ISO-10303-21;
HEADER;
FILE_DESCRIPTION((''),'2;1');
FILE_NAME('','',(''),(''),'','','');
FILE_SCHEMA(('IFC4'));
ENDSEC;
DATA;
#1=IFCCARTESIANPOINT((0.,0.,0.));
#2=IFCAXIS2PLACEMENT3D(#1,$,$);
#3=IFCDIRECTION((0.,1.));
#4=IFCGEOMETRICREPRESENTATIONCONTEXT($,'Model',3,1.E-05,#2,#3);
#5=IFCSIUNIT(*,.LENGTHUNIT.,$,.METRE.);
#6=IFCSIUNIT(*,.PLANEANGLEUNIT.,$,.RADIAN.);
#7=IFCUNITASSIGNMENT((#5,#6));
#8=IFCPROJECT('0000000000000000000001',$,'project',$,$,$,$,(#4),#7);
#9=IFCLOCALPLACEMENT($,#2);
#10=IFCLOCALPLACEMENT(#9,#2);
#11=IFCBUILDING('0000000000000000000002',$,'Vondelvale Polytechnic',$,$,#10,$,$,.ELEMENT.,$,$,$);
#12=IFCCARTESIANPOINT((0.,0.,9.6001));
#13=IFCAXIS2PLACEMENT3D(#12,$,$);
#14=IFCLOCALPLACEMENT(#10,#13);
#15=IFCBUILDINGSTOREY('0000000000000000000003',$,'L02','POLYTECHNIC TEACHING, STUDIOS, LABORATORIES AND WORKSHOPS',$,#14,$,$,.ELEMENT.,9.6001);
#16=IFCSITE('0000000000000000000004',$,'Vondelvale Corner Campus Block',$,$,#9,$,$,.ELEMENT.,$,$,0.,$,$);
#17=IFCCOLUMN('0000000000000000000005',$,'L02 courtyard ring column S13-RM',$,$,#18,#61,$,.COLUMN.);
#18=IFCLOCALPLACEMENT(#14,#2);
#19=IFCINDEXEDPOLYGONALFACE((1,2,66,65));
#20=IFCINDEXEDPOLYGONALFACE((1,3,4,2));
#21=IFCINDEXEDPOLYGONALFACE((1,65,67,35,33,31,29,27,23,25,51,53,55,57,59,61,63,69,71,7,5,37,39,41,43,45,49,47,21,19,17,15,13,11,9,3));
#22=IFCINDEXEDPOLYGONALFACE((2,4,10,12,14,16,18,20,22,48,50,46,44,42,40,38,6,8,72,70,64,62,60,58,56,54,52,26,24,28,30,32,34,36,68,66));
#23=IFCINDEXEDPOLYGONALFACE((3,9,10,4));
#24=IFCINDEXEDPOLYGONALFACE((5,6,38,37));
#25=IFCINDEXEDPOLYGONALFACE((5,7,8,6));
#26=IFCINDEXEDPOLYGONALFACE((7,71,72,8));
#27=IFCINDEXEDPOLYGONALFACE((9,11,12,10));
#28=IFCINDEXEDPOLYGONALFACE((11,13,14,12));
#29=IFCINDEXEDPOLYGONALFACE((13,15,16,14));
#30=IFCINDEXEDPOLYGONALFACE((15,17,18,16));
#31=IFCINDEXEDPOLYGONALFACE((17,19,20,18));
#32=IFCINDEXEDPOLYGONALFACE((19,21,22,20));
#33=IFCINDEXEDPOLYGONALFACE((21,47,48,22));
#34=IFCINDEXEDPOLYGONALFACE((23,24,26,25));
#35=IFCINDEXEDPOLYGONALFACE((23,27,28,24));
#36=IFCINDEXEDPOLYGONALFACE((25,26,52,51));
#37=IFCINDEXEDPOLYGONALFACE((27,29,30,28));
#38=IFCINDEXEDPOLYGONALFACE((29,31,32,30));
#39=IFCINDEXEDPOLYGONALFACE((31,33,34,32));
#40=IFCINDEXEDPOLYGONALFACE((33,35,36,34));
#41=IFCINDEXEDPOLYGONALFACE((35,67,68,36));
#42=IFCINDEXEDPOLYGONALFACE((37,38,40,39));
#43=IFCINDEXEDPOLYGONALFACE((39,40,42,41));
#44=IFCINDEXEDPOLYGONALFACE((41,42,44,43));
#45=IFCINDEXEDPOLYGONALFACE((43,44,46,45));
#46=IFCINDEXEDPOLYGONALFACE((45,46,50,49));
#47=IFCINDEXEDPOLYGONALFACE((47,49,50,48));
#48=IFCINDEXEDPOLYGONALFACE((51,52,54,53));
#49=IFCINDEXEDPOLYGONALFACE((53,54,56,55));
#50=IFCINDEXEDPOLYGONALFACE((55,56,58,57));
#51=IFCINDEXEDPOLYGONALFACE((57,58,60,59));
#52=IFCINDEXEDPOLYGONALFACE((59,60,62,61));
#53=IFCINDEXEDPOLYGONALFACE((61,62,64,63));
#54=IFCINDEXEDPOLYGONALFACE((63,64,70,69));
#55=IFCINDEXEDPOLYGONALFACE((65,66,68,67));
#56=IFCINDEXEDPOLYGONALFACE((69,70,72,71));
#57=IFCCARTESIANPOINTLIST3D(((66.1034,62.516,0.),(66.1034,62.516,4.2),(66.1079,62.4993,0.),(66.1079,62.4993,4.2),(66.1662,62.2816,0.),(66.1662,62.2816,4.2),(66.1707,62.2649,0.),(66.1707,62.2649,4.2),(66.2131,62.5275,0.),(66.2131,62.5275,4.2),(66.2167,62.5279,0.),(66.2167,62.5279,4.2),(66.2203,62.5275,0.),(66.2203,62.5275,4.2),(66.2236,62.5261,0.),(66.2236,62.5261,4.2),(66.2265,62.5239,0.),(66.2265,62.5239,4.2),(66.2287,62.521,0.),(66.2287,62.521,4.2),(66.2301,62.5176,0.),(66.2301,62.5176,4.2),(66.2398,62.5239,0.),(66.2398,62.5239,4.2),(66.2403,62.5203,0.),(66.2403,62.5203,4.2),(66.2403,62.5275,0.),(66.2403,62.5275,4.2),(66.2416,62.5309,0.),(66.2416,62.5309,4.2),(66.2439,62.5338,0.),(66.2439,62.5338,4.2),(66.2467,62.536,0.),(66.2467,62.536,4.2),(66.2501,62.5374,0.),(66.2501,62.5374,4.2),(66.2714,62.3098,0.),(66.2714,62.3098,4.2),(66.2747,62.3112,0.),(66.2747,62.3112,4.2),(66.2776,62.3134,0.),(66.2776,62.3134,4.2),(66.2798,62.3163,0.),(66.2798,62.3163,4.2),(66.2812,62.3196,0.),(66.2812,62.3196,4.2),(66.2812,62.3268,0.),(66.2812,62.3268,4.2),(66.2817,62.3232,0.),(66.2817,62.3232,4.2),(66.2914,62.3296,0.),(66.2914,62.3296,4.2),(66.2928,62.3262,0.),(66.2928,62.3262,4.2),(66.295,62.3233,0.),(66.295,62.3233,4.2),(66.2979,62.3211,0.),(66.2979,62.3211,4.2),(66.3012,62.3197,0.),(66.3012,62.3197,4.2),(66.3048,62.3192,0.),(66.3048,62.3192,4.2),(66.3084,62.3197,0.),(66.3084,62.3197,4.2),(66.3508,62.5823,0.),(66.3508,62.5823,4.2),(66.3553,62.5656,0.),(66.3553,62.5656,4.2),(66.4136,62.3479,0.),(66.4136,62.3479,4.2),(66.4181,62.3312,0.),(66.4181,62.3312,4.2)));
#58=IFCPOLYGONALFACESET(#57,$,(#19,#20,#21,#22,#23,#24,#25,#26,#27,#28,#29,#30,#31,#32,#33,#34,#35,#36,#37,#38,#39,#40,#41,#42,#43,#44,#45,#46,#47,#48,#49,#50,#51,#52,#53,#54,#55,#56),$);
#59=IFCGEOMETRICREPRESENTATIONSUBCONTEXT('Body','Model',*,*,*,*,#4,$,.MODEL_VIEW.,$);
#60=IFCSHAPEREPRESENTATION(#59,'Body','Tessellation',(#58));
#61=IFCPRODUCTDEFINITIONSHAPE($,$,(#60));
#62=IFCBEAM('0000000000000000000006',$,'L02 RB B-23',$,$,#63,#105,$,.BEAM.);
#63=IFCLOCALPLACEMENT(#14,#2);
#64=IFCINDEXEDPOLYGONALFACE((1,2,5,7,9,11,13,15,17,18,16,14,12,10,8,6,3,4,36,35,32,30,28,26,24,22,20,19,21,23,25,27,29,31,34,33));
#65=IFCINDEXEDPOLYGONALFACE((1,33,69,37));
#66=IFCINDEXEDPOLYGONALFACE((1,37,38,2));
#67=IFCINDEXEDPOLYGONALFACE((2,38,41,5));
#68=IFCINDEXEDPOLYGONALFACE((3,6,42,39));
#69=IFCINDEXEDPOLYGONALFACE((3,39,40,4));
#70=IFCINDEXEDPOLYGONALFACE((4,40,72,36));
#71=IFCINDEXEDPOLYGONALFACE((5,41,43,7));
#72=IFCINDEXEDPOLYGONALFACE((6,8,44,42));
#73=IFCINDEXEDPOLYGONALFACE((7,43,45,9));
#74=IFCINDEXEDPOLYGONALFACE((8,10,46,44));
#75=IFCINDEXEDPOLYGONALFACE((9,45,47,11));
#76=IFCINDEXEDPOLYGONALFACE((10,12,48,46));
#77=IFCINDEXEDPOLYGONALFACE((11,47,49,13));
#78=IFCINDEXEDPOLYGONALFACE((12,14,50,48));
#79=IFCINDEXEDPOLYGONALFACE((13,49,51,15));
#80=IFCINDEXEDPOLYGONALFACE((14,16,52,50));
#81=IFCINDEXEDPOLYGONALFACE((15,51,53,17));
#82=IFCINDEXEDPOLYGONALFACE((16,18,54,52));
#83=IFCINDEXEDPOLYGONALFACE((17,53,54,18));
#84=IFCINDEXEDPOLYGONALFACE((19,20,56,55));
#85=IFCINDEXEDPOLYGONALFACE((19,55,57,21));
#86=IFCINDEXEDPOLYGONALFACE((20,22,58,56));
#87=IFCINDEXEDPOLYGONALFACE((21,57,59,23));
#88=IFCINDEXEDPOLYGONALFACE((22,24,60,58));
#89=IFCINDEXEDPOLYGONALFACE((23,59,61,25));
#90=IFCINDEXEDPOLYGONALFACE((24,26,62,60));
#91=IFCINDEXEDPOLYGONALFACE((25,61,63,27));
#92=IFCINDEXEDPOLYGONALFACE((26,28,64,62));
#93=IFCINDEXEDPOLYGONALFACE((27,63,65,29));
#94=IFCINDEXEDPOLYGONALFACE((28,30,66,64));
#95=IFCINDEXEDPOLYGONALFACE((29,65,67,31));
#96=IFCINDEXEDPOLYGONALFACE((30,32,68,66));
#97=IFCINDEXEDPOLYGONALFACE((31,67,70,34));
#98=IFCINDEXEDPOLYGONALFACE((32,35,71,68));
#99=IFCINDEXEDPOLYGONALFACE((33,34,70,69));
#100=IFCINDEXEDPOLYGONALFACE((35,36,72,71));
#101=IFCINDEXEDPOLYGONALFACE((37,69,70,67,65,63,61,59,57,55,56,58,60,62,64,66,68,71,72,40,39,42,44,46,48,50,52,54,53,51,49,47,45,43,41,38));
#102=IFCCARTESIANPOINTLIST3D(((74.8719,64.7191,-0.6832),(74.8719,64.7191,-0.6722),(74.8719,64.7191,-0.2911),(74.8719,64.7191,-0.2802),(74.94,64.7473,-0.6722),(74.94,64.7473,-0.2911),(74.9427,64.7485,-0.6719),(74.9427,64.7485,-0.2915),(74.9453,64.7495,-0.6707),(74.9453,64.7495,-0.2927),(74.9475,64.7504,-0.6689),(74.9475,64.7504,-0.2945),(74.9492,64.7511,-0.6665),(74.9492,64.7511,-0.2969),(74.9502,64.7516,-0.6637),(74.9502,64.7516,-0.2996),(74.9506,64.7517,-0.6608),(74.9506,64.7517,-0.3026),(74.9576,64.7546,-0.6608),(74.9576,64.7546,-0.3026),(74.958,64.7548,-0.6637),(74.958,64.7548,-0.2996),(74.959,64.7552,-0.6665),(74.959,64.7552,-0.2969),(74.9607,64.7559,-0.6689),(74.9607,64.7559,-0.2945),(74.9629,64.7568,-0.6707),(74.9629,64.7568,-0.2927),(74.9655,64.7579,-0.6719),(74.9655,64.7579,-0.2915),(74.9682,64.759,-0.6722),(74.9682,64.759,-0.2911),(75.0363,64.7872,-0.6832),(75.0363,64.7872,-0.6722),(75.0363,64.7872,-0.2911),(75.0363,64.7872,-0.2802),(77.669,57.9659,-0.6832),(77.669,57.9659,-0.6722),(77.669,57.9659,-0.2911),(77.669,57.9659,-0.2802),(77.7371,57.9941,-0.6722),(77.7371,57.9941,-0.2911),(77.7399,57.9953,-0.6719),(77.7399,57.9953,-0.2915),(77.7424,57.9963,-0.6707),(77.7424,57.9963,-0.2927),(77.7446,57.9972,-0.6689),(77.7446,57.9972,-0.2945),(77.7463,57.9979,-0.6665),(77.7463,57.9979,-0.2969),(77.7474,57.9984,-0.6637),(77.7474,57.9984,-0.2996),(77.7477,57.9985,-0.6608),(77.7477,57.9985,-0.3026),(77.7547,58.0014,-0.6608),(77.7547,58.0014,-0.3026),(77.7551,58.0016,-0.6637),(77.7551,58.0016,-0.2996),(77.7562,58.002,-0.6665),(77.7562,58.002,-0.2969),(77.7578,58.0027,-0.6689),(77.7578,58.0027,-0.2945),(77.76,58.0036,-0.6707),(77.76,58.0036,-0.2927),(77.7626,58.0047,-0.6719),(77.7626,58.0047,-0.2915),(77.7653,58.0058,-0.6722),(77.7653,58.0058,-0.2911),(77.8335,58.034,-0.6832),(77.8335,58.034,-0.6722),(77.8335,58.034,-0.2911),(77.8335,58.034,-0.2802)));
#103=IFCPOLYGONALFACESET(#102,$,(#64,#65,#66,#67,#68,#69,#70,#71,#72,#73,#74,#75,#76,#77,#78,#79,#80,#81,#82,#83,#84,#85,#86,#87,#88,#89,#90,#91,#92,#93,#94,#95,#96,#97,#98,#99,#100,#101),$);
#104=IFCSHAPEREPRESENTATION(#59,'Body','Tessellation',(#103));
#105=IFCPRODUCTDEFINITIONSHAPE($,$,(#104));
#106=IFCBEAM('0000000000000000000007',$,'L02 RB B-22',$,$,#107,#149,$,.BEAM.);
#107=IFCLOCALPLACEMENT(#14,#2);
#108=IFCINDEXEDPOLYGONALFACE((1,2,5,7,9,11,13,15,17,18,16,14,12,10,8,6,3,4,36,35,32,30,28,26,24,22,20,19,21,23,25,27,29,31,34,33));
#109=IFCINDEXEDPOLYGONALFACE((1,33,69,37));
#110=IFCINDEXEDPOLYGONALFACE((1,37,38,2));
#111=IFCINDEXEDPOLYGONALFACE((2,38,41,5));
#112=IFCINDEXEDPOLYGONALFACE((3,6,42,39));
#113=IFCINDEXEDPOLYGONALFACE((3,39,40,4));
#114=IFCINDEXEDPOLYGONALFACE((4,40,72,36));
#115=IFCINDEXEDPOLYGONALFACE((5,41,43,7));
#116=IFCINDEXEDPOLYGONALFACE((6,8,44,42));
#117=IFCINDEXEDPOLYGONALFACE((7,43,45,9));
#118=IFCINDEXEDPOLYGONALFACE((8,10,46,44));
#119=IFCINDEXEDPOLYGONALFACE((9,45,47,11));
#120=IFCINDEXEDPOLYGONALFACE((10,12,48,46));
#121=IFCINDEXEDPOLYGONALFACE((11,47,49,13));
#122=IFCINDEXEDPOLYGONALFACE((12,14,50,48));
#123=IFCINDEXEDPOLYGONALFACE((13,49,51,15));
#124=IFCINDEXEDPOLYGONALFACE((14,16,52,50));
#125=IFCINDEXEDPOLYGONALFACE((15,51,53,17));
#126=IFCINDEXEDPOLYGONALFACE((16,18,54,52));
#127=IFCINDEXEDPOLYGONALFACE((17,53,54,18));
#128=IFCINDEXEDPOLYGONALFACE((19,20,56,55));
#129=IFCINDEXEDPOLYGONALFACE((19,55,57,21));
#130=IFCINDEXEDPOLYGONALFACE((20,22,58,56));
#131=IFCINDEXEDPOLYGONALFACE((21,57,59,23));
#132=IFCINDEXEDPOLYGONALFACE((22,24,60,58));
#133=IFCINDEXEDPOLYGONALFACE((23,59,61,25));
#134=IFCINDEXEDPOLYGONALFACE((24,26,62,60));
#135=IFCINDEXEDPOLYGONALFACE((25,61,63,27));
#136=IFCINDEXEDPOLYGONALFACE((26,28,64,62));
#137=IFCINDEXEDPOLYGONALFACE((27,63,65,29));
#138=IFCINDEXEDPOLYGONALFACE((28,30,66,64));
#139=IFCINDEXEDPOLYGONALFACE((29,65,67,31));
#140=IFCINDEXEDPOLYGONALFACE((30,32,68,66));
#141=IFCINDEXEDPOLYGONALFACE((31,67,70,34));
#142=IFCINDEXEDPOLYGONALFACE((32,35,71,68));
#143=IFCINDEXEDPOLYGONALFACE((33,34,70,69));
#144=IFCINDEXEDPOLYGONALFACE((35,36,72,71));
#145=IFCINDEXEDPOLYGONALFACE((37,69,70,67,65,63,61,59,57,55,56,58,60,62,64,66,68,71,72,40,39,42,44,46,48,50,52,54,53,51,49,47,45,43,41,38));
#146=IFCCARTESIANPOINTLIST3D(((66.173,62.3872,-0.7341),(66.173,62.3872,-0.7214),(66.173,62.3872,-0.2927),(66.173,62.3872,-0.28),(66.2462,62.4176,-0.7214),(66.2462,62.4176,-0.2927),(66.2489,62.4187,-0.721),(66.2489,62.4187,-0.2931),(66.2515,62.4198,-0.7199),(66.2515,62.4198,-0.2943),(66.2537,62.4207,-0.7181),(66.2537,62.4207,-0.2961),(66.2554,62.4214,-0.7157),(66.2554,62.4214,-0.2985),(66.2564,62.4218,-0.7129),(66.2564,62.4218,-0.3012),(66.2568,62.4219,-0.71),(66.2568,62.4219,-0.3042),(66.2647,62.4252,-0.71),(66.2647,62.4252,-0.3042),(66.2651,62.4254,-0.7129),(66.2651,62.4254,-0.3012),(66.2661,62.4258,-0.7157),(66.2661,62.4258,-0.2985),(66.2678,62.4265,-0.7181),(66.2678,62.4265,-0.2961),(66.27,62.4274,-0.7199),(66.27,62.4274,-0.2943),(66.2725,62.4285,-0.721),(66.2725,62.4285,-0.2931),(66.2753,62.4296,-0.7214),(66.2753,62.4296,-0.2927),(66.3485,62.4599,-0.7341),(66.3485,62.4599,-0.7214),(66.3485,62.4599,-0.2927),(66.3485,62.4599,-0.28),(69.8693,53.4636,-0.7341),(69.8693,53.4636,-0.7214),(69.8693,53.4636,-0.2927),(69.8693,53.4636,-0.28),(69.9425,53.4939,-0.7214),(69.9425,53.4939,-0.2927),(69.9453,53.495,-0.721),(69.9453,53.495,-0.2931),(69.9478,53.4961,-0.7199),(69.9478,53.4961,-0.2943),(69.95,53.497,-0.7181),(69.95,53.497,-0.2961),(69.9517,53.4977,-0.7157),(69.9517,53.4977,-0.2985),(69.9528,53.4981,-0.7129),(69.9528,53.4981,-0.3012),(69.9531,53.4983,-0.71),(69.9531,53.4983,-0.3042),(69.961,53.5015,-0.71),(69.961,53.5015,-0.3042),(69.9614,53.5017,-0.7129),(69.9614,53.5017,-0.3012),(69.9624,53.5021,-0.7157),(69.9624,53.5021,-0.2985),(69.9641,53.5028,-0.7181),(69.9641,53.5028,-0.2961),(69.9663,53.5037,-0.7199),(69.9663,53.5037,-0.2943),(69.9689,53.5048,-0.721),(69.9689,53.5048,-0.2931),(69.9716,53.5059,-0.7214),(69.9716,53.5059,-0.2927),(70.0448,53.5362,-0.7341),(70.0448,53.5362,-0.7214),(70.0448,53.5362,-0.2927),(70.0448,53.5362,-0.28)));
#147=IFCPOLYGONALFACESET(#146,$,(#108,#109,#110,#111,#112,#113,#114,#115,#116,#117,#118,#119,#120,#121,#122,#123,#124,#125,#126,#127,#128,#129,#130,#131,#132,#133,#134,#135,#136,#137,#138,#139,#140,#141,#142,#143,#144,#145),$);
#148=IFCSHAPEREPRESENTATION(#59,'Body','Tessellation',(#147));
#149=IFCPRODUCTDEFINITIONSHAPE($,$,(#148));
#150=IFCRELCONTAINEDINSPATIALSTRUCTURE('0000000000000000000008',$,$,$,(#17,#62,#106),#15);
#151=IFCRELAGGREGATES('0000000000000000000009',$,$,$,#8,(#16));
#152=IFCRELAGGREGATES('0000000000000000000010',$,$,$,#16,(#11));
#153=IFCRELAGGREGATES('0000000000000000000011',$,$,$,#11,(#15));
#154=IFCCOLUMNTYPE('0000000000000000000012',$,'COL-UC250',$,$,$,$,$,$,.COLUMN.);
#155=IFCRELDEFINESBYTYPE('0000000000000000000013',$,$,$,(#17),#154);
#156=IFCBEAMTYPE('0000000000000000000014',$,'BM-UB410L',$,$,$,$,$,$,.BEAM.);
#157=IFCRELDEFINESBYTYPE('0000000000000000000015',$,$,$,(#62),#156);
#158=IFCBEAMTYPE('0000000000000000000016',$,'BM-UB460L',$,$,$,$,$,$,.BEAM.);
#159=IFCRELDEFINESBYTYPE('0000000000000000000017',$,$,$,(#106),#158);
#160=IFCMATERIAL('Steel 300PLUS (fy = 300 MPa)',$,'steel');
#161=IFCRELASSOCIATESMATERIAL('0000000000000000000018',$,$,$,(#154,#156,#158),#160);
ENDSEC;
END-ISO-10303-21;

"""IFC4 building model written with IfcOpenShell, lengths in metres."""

from ifc_helpers import new_model, si_unit, direction, frame, origin, origin_2d, place, context, subcontext, project, spatial, i_section, extrude, material, material_profile, profile_set, type_object, element, save


model = new_model("IFC4")

# Units and contexts
model_context = context("Model", 3, precision=1e-05, world=origin(), true_north=direction((0.0, 1.0)))
body_context = subcontext(model_context, "Body", "Model", "MODEL_VIEW")
ifc_project = project(units=[si_unit("LENGTHUNIT", "METRE"), si_unit("PLANEANGLEUNIT", "RADIAN")], contexts=[model_context])

# Site, building, storey
site_placement = place(None, origin())
site = spatial("IfcSite", under=ifc_project, at=site_placement, Name="Vondelvale Corner Campus Block", CompositionType="ELEMENT", RefElevation=0.0)
building_placement = place(site_placement, origin())
building = spatial("IfcBuilding", under=site, at=building_placement, Name="Vondelvale Polytechnic", CompositionType="ELEMENT")
storey_placement = place(building_placement, frame((0.0, 0.0, 9.6001)))
storey = spatial("IfcBuildingStorey", under=building, at=storey_placement, Name="L02", Description="POLYTECHNIC TEACHING, STUDIOS, LABORATORIES AND WORKSHOPS", CompositionType="ELEMENT", Elevation=9.6001)

# Column
ifc_material_1 = material(Name="Steel 300PLUS (fy = 300 MPa)", Category="steel")
ifc_material_profile_1 = material_profile(ifc_material_1, i_section(OverallWidth=0.2561, OverallDepth=0.26, WebThickness=0.0105, FlangeThickness=0.0173, FilletRadius=0.0139, at=origin_2d()), Name="250UC89.5")
ifc_profile_set_1 = profile_set([ifc_material_profile_1], Name="Steel 300PLUS (fy = 300 MPa)")
column_type_1 = type_object("IfcColumnType", Name="COL-UC250", PredefinedType="COLUMN", material=ifc_profile_set_1)
column_1_placement = place(storey_placement, frame((66.2607, 62.4236, 0.0), z_axis=(0.0, 0.0, 1.0), x_axis=(0.965926, 0.258819, 0.0)))
element("IfcColumn", 1, at=column_1_placement, inside=storey, type_object=column_type_1, Name="L02 courtyard ring column S13-RM", PredefinedType="COLUMN", context=body_context, shape_type="SweptSolid", body=[
    extrude(i_section(OverallWidth=0.2561, OverallDepth=0.26, WebThickness=0.0105, FlangeThickness=0.0173, FilletRadius=0.0139, at=origin_2d()), origin(), (0.0, 0.0, 1.0), 4.2),
])

# Beams
ifc_material_profile_2 = material_profile(ifc_material_1, i_section(OverallWidth=0.178, OverallDepth=0.4031, WebThickness=0.0076, FlangeThickness=0.011, FilletRadius=0.0115, at=origin_2d()), Name="410UB53.7")
ifc_profile_set_2 = profile_set([ifc_material_profile_2], Name="Steel 300PLUS (fy = 300 MPa)")
beam_type_1 = type_object("IfcBeamType", Name="BM-UB410L", PredefinedType="BEAM", material=ifc_profile_set_2)
beam_1_placement = place(storey_placement, frame((74.9541, 64.7532, -0.4817), z_axis=(0.382667, -0.923886, 0.0), x_axis=(0.923886, 0.382667, 0.0)))
element("IfcBeam", 2, at=beam_1_placement, inside=storey, type_object=beam_type_1, Name="L02 RB B-23", PredefinedType="BEAM", context=body_context, shape_type="SweptSolid", body=[
    extrude(i_section(OverallWidth=0.178, OverallDepth=0.4031, WebThickness=0.0076, FlangeThickness=0.011, FilletRadius=0.0115, at=origin_2d()), origin(), (0.0, 0.0, 1.0), 7.3096),
])
ifc_material_profile_3 = material_profile(ifc_material_1, i_section(OverallWidth=0.1899, OverallDepth=0.4541, WebThickness=0.0085, FlangeThickness=0.0127, FilletRadius=0.0115, at=origin_2d()), Name="460UB67.1")
ifc_profile_set_3 = profile_set([ifc_material_profile_3], Name="Steel 300PLUS (fy = 300 MPa)")
beam_type_2 = type_object("IfcBeamType", Name="BM-UB460L", PredefinedType="BEAM", material=ifc_profile_set_3)
beam_2_placement = place(storey_placement, frame((66.2607, 62.4236, -0.5071), z_axis=(0.382685, -0.923879, 0.0), x_axis=(0.923879, 0.382685, 0.0)))
element("IfcBeam", 3, at=beam_2_placement, inside=storey, type_object=beam_type_2, Name="L02 RB B-22", PredefinedType="BEAM", context=body_context, shape_type="SweptSolid", body=[
    extrude(i_section(OverallWidth=0.1899, OverallDepth=0.4541, WebThickness=0.0085, FlangeThickness=0.0127, FilletRadius=0.0115, at=origin_2d()), origin(), (0.0, 0.0, 1.0), 9.6589),
])

save(model, "model.ifc")
